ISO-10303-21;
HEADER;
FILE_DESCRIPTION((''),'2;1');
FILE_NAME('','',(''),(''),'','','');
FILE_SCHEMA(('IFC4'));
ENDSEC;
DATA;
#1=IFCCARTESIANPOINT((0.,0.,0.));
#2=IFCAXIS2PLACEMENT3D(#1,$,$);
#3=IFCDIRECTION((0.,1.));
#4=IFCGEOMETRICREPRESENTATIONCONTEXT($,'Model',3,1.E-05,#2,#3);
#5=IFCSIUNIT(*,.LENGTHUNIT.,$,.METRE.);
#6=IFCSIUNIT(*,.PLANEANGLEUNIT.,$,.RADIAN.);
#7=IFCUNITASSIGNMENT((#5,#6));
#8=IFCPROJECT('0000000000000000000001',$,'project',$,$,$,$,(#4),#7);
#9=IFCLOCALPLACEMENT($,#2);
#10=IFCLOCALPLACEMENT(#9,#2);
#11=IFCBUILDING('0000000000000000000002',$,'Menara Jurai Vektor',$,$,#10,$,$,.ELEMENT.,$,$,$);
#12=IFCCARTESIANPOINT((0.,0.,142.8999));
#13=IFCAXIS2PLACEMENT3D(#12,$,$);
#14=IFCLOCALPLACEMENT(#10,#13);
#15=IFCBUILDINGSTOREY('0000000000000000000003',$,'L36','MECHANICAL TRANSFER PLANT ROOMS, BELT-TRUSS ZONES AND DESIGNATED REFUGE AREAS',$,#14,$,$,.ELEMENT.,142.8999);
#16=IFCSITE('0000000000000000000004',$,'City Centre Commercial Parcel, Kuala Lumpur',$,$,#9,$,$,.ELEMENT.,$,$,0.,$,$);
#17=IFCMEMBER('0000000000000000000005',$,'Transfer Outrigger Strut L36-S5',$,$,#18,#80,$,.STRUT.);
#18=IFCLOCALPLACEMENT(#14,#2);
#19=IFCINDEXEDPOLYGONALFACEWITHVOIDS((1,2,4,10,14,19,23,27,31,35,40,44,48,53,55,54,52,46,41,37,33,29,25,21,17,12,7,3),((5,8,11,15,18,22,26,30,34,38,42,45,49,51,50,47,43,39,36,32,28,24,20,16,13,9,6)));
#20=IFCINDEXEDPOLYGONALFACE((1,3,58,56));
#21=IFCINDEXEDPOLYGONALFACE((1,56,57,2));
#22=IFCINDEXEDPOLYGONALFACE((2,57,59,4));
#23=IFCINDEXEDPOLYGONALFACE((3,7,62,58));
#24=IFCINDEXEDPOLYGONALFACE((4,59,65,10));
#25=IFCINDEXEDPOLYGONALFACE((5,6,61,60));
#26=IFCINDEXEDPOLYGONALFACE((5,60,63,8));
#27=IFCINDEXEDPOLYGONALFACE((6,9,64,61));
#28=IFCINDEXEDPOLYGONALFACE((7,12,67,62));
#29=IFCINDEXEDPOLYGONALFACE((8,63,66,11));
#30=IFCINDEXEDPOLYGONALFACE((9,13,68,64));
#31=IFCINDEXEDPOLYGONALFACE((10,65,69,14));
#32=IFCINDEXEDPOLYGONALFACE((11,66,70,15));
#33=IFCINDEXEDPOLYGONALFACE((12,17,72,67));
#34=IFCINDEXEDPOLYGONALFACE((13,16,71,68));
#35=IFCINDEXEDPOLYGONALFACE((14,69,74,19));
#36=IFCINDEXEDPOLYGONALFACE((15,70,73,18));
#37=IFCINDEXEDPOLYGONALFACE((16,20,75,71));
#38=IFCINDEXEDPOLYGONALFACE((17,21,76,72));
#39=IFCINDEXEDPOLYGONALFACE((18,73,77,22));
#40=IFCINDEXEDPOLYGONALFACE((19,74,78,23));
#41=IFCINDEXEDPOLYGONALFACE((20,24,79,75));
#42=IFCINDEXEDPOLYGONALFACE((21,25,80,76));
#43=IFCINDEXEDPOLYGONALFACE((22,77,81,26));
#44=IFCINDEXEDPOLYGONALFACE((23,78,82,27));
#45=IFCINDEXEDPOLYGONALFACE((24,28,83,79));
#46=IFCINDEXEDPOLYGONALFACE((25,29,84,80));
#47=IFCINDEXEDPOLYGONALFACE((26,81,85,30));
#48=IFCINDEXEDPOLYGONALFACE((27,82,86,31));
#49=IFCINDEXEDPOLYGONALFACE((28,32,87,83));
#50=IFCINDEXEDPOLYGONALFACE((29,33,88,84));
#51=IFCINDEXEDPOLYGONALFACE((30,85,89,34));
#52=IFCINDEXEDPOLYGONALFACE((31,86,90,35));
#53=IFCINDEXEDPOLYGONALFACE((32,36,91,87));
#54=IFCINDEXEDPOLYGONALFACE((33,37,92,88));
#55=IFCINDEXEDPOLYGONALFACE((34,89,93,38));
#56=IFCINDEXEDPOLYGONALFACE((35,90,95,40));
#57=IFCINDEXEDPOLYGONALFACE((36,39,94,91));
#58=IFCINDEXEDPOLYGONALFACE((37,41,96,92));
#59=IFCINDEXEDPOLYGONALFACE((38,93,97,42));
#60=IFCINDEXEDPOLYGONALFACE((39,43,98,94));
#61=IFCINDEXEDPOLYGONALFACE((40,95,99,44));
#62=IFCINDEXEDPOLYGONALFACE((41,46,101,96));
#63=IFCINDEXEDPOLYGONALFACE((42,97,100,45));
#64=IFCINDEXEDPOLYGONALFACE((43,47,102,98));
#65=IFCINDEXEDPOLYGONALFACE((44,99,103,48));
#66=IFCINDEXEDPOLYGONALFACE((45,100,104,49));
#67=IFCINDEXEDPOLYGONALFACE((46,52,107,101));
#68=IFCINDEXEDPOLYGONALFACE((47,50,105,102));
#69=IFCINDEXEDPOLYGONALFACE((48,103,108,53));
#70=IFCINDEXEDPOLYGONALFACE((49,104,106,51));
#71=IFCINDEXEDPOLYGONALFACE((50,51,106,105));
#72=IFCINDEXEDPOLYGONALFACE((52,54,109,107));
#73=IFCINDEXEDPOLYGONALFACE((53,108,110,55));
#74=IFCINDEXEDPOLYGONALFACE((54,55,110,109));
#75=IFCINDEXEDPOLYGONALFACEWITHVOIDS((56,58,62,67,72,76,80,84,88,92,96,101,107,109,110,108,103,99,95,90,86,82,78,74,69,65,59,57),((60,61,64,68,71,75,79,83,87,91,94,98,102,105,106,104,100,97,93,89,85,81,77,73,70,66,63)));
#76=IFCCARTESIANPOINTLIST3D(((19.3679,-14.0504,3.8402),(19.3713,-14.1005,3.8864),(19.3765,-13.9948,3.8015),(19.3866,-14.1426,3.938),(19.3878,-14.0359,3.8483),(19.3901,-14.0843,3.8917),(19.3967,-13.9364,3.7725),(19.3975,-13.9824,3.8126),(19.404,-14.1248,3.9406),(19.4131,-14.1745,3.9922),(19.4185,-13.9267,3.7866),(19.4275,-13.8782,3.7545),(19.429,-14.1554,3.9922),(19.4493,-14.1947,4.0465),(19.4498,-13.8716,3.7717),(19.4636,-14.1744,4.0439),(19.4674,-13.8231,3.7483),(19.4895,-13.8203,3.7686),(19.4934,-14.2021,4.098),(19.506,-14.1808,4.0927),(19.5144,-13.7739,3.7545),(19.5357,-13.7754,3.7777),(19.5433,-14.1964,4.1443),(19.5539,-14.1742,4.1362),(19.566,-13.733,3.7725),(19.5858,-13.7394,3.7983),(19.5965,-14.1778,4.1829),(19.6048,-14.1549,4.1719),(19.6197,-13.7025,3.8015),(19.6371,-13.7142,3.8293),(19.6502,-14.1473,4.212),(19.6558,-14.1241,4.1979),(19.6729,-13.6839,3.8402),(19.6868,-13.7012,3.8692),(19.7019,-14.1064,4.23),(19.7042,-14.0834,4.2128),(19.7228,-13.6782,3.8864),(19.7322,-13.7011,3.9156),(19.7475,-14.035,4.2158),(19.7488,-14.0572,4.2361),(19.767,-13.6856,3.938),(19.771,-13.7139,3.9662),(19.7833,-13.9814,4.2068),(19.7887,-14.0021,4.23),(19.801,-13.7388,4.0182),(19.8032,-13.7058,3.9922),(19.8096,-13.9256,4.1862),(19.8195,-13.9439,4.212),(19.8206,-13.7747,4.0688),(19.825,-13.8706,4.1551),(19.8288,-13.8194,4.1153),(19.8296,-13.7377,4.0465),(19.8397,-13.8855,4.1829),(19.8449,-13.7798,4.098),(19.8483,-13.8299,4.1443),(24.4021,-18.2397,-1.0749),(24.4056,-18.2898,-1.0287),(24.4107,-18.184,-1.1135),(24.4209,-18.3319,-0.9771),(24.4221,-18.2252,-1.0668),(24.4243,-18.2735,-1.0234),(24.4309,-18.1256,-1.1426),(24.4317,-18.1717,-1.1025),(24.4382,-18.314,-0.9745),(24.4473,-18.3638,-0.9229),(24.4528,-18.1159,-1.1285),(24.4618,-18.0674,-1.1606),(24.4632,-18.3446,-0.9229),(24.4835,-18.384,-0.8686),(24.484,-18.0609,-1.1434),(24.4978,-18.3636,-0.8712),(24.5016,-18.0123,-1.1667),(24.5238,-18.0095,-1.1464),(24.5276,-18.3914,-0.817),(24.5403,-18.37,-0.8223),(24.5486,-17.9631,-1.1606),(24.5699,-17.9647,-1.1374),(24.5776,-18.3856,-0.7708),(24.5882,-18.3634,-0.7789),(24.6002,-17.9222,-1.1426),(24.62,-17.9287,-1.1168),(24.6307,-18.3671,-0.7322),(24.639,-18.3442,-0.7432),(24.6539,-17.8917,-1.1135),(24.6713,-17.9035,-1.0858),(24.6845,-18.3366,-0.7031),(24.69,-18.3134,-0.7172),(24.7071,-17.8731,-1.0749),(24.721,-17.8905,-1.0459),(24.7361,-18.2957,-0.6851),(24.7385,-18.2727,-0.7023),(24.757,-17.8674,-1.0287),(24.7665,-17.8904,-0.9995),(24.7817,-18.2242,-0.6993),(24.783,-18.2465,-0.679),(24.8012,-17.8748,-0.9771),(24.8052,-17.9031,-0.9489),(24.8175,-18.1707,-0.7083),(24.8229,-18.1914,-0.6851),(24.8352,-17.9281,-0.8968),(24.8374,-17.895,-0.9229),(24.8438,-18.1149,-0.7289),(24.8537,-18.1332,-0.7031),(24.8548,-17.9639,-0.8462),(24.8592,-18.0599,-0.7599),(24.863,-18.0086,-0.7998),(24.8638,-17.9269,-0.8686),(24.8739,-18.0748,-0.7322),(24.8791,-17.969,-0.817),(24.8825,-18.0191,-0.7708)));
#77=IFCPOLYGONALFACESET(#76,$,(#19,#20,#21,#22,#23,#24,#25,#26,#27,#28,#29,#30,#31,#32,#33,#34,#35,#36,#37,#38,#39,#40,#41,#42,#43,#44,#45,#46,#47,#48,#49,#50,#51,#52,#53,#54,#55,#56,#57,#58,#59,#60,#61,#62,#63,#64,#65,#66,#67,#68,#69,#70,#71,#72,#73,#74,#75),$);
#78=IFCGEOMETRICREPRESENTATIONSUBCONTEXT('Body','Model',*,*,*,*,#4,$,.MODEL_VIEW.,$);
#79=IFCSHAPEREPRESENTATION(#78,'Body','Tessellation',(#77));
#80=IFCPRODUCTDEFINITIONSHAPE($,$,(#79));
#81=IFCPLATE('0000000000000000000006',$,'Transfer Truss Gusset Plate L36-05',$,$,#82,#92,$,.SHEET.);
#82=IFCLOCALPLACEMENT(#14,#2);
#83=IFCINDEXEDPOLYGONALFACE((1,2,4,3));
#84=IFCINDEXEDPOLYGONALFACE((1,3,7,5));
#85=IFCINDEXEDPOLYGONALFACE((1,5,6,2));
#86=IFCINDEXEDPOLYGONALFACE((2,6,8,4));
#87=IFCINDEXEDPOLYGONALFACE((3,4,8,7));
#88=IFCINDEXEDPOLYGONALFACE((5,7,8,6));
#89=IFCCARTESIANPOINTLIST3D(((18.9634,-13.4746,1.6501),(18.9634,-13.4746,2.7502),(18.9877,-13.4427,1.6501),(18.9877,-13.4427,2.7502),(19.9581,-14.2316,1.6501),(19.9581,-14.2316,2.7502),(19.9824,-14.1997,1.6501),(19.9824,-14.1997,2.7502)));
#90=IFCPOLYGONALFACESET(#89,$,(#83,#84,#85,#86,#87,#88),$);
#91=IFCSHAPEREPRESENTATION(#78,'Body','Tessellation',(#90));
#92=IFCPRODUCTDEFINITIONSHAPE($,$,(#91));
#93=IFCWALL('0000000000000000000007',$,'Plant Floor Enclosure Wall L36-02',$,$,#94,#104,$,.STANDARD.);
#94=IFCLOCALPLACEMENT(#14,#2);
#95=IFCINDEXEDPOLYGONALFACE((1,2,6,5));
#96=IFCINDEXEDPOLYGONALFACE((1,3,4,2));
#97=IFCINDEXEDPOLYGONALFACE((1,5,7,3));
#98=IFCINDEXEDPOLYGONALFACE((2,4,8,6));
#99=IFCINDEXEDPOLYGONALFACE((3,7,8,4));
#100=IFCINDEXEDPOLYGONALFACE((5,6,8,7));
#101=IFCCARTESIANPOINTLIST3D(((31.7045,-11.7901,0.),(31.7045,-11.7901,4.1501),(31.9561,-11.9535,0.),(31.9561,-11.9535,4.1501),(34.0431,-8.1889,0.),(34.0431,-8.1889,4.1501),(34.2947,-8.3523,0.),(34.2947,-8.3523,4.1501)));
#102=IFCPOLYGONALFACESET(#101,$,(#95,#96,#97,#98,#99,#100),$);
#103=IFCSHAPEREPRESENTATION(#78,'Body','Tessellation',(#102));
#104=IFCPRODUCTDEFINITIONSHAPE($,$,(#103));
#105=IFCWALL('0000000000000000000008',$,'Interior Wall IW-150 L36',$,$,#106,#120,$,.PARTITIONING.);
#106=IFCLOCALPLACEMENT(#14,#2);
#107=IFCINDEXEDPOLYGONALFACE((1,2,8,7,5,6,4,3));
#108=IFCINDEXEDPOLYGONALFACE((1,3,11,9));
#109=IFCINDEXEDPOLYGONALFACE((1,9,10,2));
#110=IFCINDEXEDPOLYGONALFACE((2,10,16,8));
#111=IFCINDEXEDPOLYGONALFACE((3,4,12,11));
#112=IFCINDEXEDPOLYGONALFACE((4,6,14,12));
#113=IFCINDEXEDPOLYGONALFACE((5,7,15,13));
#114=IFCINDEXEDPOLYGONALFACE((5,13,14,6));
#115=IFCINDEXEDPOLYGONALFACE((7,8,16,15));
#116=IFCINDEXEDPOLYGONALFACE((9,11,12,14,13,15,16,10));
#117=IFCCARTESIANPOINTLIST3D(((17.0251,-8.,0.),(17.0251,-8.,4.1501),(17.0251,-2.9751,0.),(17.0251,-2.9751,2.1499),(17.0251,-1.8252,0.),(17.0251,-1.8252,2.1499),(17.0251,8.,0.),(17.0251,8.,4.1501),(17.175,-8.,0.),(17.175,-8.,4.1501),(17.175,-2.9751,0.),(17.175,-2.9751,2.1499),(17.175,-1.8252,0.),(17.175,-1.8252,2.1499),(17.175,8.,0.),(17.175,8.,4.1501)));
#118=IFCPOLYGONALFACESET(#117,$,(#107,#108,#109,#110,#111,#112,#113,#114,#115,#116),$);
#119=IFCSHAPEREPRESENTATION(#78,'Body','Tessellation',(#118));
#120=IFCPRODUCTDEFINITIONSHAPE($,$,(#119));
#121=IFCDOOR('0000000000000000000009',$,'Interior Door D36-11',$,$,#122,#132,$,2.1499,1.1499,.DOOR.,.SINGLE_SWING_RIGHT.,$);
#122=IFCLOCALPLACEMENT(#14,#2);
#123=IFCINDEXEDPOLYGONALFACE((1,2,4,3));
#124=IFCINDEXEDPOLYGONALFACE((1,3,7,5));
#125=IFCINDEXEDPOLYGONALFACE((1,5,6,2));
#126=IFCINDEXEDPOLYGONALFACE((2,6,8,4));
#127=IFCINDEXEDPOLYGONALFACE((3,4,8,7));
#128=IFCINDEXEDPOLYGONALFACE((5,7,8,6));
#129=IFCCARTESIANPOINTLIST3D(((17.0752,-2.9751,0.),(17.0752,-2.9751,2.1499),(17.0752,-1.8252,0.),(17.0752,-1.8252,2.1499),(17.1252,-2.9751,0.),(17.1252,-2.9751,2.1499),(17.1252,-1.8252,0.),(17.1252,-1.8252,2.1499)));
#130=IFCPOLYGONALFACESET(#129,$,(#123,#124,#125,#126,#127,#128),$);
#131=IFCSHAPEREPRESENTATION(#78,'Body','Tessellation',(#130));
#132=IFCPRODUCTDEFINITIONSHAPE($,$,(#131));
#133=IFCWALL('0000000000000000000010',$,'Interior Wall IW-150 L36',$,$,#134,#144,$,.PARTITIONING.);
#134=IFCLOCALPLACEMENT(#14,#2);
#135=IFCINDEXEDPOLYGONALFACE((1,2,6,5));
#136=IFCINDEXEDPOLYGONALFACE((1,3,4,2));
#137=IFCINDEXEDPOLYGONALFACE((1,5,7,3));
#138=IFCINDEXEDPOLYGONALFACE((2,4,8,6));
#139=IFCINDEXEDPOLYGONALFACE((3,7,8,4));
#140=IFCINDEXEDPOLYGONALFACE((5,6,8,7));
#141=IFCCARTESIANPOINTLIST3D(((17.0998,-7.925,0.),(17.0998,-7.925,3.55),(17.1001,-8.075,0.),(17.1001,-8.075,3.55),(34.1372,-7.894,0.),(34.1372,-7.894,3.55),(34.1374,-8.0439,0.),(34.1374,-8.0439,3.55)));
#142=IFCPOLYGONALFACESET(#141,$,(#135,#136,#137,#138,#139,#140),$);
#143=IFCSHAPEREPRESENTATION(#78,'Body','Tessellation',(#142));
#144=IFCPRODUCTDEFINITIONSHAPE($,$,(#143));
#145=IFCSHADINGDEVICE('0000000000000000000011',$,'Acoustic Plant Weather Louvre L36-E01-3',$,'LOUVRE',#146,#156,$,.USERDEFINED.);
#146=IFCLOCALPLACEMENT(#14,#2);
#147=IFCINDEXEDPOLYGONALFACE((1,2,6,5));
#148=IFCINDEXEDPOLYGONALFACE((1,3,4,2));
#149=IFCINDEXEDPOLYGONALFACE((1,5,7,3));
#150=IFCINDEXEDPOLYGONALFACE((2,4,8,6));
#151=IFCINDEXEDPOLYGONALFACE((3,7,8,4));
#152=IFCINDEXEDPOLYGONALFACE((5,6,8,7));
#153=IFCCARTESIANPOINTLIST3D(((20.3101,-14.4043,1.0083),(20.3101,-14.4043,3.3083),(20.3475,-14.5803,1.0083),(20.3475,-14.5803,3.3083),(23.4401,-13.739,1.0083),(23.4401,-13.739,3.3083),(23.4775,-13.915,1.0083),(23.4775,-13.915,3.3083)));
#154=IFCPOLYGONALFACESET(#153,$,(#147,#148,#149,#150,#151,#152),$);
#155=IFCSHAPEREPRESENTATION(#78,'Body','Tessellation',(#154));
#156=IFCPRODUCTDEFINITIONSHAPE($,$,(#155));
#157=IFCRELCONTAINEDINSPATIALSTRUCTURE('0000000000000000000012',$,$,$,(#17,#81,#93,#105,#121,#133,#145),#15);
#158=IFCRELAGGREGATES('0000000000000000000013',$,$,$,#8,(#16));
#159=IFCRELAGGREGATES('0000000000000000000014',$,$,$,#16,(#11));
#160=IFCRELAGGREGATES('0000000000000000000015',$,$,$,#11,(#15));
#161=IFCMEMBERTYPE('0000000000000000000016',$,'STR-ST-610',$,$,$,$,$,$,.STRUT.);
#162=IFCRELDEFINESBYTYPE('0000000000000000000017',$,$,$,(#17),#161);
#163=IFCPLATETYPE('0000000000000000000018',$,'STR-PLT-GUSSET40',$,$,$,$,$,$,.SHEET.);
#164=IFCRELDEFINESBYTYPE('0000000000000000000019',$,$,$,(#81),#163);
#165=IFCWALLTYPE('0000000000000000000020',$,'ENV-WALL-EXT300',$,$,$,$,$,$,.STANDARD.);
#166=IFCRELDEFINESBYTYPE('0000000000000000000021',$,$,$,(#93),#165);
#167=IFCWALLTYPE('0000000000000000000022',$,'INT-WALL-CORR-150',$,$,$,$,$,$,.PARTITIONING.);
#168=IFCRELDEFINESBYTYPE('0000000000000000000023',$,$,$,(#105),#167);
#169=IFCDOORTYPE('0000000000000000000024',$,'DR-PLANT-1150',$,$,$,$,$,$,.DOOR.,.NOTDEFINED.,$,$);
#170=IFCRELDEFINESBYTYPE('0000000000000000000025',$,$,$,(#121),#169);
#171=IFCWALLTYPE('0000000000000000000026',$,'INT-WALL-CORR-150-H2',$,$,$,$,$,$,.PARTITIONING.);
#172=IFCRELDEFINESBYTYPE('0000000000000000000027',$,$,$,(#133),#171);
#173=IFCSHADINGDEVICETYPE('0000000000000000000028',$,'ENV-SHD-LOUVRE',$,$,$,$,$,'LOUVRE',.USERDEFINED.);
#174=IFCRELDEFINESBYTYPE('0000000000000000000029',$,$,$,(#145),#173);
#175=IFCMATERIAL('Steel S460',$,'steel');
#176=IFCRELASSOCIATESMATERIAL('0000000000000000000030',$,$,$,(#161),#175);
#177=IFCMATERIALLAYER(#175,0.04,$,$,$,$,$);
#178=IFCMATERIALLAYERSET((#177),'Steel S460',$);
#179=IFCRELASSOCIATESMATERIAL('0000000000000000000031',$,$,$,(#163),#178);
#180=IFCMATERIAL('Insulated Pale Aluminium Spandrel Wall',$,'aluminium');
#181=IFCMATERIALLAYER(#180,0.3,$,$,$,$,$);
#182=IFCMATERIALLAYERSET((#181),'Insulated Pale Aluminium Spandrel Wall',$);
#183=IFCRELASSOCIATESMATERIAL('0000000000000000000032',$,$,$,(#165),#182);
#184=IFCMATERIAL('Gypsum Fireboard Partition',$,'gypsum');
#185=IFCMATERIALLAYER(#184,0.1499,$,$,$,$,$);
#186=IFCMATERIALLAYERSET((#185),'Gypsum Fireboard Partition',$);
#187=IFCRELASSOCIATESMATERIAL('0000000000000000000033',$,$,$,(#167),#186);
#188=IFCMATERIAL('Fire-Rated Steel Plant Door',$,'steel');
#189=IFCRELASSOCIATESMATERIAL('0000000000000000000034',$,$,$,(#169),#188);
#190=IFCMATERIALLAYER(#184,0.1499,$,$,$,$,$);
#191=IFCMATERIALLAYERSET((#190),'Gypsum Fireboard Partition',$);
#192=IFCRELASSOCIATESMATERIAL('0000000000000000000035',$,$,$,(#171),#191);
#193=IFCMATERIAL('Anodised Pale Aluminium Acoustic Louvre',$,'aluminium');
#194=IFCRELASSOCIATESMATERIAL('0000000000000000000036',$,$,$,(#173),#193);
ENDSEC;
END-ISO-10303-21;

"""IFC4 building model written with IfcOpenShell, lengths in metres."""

from ifc_helpers import new_model, si_unit, direction, frame, frame_2d, origin, origin_2d, place, context, subcontext, project, spatial, rectangle, hollow_circle, extrude, material, layer, layer_set, material_profile, profile_set, type_object, element, fill, save


model = new_model("IFC4")

# Units and contexts
model_context = context("Model", 3, precision=1e-05, world=origin(), true_north=direction((0.0, 1.0)))
body_context = subcontext(model_context, "Body", "Model", "MODEL_VIEW")
ifc_project = project(units=[si_unit("LENGTHUNIT", "METRE"), si_unit("PLANEANGLEUNIT", "RADIAN")], contexts=[model_context])

# Site, building, storey
site_placement = place(None, origin())
site = spatial("IfcSite", under=ifc_project, at=site_placement, Name="City Centre Commercial Parcel, Kuala Lumpur", CompositionType="ELEMENT", RefElevation=0.0)
building_placement = place(site_placement, origin())
building = spatial("IfcBuilding", under=site, at=building_placement, Name="Menara Jurai Vektor", CompositionType="ELEMENT")
storey_placement = place(building_placement, frame((0.0, 0.0, 142.8999)))
storey = spatial("IfcBuildingStorey", under=building, at=storey_placement, Name="L36", Description="MECHANICAL TRANSFER PLANT ROOMS, BELT-TRUSS ZONES AND DESIGNATED REFUGE AREAS", CompositionType="ELEMENT", Elevation=142.8999)

# Shared definitions
ifc_material_1 = material(Name="Steel S460", Category="steel")

# Member
ifc_material_profile_1 = material_profile(ifc_material_1, hollow_circle(Radius=0.3049, WallThickness=0.0249, at=origin_2d()), Name="CHS 610x25")
ifc_profile_set_1 = profile_set([ifc_material_profile_1], Name="Steel S460")
member_type_1 = type_object("IfcMemberType", Name="STR-ST-610", PredefinedType="STRUT", material=ifc_profile_set_1)
member_1_placement = place(storey_placement, frame((24.6423, -18.1294, -0.9229), z_axis=(-0.614793, 0.511602, 0.600243), x_axis=(-0.639649, -0.768667, 0.0)))
element("IfcMember", 1, at=member_1_placement, inside=storey, type_object=member_type_1, Name="Transfer Outrigger Strut L36-S5", PredefinedType="STRUT", context=body_context, shape_type="SweptSolid", body=[
    extrude(hollow_circle(Radius=0.3049, WallThickness=0.0249, at=origin_2d()), origin(), (0.0, 0.0, 1.0), 8.1885),
])

# Plate
ifc_layer_1 = layer(ifc_material_1, 0.04)
ifc_layer_set_1 = layer_set([ifc_layer_1], Name="Steel S460")
plate_type = type_object("IfcPlateType", Name="STR-PLT-GUSSET40", PredefinedType="SHEET", material=ifc_layer_set_1)
plate_placement = place(storey_placement, frame((19.4729, -13.8372, 1.6501), z_axis=(0.0, 0.0, 1.0), x_axis=(-0.795791, 0.605572, 0.0)))
element("IfcPlate", 2, at=plate_placement, inside=storey, type_object=plate_type, Name="Transfer Truss Gusset Plate L36-05", PredefinedType="SHEET", context=body_context, shape_type="SweptSolid", body=[
    extrude(rectangle(XDim=1.25, YDim=0.04, at=origin_2d()), origin(), (0.0, 0.0, 1.0), 1.1001),
])

# Wall
ifc_material_2 = material(Name="Insulated Pale Aluminium Spandrel Wall", Category="aluminium")
ifc_layer_2 = layer(ifc_material_2, 0.3)
ifc_layer_set_2 = layer_set([ifc_layer_2], Name="Insulated Pale Aluminium Spandrel Wall")
wall_type_1 = type_object("IfcWallType", Name="ENV-WALL-EXT300", PredefinedType="STANDARD", material=ifc_layer_set_2)
wall_1_placement = place(storey_placement, frame((31.8303, -11.8718, 0.0), z_axis=(0.0, 0.0, 1.0), x_axis=(0.544623, 0.838681, 0.0)))
element("IfcWall", 3, at=wall_1_placement, inside=storey, type_object=wall_type_1, Name="Plant Floor Enclosure Wall L36-02", PredefinedType="STANDARD", context=body_context, shape_type="SweptSolid", body=[
    extrude(rectangle(XDim=4.2939, YDim=0.3, at=frame_2d((2.147, 0.0))), origin(), (0.0, 0.0, 1.0), 4.1501),
])

# Wall, opening, door
ifc_material_3 = material(Name="Gypsum Fireboard Partition", Category="gypsum")
ifc_layer_3 = layer(ifc_material_3, 0.1499)
ifc_layer_set_3 = layer_set([ifc_layer_3], Name="Gypsum Fireboard Partition")
wall_type_2 = type_object("IfcWallType", Name="INT-WALL-CORR-150", PredefinedType="PARTITIONING", material=ifc_layer_set_3)
wall_2_placement = place(storey_placement, frame((17.1001, -8.0, 0.0), z_axis=(0.0, 0.0, 1.0), x_axis=(0.0, 1.0, 0.0)))
wall_2 = element("IfcWall", 4, at=wall_2_placement, inside=storey, type_object=wall_type_2, Name="Interior Wall IW-150 L36", PredefinedType="PARTITIONING", context=body_context, shape_type="SweptSolid", body=[
    extrude(rectangle(XDim=16.0, YDim=0.1499, at=frame_2d((8.0, 0.0))), origin(), (0.0, 0.0, 1.0), 4.1501),
])
opening_placement = place(wall_2_placement, frame((5.0249, 0.0, 0.0)))
opening = element("IfcOpeningElement", 5, at=opening_placement, cuts=wall_2, PredefinedType="OPENING", context=body_context, shape_type="SweptSolid", body=[
    extrude(rectangle(XDim=1.1499, YDim=2.1499, at=frame_2d((0.575, 1.075))), frame((0.0, 0.085, 0.0), z_axis=(0.0, -1.0, 0.0), x_axis=(1.0, 0.0, 0.0)), (0.0, 0.0, 1.0), 0.1699),
])
ifc_material_4 = material(Name="Fire-Rated Steel Plant Door", Category="steel")
door_type = type_object("IfcDoorType", Name="DR-PLANT-1150", OperationType="NOTDEFINED", PredefinedType="DOOR", material=ifc_material_4)
door_placement = place(opening_placement, origin())
door = element("IfcDoor", 6, at=door_placement, inside=storey, type_object=door_type, Name="Interior Door D36-11", OperationType="SINGLE_SWING_RIGHT", OverallHeight=2.1499, OverallWidth=1.1499, PredefinedType="DOOR", context=body_context, shape_type="SweptSolid", body=[
    extrude(rectangle(XDim=1.1499, YDim=2.1499, at=frame_2d((0.575, 1.075))), frame((0.0, 0.0249, 0.0), z_axis=(0.0, -1.0, 0.0), x_axis=(1.0, 0.0, 0.0)), (0.0, 0.0, 1.0), 0.05),
])
fill(opening, door)

# Wall
ifc_layer_4 = layer(ifc_material_3, 0.1499)
ifc_layer_set_4 = layer_set([ifc_layer_4], Name="Gypsum Fireboard Partition")
wall_type_3 = type_object("IfcWallType", Name="INT-WALL-CORR-150-H2", PredefinedType="PARTITIONING", material=ifc_layer_set_4)
wall_3_placement = place(storey_placement, frame((17.1001, -8.0, 0.0), z_axis=(0.0, 0.0, 1.0), x_axis=(0.999998, 0.00182, 0.0)))
element("IfcWall", 7, at=wall_3_placement, inside=storey, type_object=wall_type_3, Name="Interior Wall IW-150 L36", PredefinedType="PARTITIONING", context=body_context, shape_type="SweptSolid", body=[
    extrude(rectangle(XDim=17.0374, YDim=0.1499, at=frame_2d((8.5186, 0.0))), origin(), (0.0, 0.0, 1.0), 3.55),
])

# Shading device
ifc_material_5 = material(Name="Anodised Pale Aluminium Acoustic Louvre", Category="aluminium")
shading_device_type = type_object("IfcShadingDeviceType", Name="ENV-SHD-LOUVRE", ElementType="LOUVRE", PredefinedType="USERDEFINED", material=ifc_material_5)
shading_device_placement = place(storey_placement, frame((21.8938, -14.1597, 1.0083), z_axis=(0.0, 0.0, 1.0), x_axis=(0.978148, 0.207912, 0.0)))
element("IfcShadingDevice", 8, at=shading_device_placement, inside=storey, type_object=shading_device_type, Name="Acoustic Plant Weather Louvre L36-E01-3", ObjectType="LOUVRE", PredefinedType="USERDEFINED", context=body_context, shape_type="SweptSolid", body=[
    extrude(rectangle(XDim=3.2, YDim=0.1799, at=origin_2d()), origin(), (0.0, 0.0, 1.0), 2.3),
])

save(model, "model.ifc")
